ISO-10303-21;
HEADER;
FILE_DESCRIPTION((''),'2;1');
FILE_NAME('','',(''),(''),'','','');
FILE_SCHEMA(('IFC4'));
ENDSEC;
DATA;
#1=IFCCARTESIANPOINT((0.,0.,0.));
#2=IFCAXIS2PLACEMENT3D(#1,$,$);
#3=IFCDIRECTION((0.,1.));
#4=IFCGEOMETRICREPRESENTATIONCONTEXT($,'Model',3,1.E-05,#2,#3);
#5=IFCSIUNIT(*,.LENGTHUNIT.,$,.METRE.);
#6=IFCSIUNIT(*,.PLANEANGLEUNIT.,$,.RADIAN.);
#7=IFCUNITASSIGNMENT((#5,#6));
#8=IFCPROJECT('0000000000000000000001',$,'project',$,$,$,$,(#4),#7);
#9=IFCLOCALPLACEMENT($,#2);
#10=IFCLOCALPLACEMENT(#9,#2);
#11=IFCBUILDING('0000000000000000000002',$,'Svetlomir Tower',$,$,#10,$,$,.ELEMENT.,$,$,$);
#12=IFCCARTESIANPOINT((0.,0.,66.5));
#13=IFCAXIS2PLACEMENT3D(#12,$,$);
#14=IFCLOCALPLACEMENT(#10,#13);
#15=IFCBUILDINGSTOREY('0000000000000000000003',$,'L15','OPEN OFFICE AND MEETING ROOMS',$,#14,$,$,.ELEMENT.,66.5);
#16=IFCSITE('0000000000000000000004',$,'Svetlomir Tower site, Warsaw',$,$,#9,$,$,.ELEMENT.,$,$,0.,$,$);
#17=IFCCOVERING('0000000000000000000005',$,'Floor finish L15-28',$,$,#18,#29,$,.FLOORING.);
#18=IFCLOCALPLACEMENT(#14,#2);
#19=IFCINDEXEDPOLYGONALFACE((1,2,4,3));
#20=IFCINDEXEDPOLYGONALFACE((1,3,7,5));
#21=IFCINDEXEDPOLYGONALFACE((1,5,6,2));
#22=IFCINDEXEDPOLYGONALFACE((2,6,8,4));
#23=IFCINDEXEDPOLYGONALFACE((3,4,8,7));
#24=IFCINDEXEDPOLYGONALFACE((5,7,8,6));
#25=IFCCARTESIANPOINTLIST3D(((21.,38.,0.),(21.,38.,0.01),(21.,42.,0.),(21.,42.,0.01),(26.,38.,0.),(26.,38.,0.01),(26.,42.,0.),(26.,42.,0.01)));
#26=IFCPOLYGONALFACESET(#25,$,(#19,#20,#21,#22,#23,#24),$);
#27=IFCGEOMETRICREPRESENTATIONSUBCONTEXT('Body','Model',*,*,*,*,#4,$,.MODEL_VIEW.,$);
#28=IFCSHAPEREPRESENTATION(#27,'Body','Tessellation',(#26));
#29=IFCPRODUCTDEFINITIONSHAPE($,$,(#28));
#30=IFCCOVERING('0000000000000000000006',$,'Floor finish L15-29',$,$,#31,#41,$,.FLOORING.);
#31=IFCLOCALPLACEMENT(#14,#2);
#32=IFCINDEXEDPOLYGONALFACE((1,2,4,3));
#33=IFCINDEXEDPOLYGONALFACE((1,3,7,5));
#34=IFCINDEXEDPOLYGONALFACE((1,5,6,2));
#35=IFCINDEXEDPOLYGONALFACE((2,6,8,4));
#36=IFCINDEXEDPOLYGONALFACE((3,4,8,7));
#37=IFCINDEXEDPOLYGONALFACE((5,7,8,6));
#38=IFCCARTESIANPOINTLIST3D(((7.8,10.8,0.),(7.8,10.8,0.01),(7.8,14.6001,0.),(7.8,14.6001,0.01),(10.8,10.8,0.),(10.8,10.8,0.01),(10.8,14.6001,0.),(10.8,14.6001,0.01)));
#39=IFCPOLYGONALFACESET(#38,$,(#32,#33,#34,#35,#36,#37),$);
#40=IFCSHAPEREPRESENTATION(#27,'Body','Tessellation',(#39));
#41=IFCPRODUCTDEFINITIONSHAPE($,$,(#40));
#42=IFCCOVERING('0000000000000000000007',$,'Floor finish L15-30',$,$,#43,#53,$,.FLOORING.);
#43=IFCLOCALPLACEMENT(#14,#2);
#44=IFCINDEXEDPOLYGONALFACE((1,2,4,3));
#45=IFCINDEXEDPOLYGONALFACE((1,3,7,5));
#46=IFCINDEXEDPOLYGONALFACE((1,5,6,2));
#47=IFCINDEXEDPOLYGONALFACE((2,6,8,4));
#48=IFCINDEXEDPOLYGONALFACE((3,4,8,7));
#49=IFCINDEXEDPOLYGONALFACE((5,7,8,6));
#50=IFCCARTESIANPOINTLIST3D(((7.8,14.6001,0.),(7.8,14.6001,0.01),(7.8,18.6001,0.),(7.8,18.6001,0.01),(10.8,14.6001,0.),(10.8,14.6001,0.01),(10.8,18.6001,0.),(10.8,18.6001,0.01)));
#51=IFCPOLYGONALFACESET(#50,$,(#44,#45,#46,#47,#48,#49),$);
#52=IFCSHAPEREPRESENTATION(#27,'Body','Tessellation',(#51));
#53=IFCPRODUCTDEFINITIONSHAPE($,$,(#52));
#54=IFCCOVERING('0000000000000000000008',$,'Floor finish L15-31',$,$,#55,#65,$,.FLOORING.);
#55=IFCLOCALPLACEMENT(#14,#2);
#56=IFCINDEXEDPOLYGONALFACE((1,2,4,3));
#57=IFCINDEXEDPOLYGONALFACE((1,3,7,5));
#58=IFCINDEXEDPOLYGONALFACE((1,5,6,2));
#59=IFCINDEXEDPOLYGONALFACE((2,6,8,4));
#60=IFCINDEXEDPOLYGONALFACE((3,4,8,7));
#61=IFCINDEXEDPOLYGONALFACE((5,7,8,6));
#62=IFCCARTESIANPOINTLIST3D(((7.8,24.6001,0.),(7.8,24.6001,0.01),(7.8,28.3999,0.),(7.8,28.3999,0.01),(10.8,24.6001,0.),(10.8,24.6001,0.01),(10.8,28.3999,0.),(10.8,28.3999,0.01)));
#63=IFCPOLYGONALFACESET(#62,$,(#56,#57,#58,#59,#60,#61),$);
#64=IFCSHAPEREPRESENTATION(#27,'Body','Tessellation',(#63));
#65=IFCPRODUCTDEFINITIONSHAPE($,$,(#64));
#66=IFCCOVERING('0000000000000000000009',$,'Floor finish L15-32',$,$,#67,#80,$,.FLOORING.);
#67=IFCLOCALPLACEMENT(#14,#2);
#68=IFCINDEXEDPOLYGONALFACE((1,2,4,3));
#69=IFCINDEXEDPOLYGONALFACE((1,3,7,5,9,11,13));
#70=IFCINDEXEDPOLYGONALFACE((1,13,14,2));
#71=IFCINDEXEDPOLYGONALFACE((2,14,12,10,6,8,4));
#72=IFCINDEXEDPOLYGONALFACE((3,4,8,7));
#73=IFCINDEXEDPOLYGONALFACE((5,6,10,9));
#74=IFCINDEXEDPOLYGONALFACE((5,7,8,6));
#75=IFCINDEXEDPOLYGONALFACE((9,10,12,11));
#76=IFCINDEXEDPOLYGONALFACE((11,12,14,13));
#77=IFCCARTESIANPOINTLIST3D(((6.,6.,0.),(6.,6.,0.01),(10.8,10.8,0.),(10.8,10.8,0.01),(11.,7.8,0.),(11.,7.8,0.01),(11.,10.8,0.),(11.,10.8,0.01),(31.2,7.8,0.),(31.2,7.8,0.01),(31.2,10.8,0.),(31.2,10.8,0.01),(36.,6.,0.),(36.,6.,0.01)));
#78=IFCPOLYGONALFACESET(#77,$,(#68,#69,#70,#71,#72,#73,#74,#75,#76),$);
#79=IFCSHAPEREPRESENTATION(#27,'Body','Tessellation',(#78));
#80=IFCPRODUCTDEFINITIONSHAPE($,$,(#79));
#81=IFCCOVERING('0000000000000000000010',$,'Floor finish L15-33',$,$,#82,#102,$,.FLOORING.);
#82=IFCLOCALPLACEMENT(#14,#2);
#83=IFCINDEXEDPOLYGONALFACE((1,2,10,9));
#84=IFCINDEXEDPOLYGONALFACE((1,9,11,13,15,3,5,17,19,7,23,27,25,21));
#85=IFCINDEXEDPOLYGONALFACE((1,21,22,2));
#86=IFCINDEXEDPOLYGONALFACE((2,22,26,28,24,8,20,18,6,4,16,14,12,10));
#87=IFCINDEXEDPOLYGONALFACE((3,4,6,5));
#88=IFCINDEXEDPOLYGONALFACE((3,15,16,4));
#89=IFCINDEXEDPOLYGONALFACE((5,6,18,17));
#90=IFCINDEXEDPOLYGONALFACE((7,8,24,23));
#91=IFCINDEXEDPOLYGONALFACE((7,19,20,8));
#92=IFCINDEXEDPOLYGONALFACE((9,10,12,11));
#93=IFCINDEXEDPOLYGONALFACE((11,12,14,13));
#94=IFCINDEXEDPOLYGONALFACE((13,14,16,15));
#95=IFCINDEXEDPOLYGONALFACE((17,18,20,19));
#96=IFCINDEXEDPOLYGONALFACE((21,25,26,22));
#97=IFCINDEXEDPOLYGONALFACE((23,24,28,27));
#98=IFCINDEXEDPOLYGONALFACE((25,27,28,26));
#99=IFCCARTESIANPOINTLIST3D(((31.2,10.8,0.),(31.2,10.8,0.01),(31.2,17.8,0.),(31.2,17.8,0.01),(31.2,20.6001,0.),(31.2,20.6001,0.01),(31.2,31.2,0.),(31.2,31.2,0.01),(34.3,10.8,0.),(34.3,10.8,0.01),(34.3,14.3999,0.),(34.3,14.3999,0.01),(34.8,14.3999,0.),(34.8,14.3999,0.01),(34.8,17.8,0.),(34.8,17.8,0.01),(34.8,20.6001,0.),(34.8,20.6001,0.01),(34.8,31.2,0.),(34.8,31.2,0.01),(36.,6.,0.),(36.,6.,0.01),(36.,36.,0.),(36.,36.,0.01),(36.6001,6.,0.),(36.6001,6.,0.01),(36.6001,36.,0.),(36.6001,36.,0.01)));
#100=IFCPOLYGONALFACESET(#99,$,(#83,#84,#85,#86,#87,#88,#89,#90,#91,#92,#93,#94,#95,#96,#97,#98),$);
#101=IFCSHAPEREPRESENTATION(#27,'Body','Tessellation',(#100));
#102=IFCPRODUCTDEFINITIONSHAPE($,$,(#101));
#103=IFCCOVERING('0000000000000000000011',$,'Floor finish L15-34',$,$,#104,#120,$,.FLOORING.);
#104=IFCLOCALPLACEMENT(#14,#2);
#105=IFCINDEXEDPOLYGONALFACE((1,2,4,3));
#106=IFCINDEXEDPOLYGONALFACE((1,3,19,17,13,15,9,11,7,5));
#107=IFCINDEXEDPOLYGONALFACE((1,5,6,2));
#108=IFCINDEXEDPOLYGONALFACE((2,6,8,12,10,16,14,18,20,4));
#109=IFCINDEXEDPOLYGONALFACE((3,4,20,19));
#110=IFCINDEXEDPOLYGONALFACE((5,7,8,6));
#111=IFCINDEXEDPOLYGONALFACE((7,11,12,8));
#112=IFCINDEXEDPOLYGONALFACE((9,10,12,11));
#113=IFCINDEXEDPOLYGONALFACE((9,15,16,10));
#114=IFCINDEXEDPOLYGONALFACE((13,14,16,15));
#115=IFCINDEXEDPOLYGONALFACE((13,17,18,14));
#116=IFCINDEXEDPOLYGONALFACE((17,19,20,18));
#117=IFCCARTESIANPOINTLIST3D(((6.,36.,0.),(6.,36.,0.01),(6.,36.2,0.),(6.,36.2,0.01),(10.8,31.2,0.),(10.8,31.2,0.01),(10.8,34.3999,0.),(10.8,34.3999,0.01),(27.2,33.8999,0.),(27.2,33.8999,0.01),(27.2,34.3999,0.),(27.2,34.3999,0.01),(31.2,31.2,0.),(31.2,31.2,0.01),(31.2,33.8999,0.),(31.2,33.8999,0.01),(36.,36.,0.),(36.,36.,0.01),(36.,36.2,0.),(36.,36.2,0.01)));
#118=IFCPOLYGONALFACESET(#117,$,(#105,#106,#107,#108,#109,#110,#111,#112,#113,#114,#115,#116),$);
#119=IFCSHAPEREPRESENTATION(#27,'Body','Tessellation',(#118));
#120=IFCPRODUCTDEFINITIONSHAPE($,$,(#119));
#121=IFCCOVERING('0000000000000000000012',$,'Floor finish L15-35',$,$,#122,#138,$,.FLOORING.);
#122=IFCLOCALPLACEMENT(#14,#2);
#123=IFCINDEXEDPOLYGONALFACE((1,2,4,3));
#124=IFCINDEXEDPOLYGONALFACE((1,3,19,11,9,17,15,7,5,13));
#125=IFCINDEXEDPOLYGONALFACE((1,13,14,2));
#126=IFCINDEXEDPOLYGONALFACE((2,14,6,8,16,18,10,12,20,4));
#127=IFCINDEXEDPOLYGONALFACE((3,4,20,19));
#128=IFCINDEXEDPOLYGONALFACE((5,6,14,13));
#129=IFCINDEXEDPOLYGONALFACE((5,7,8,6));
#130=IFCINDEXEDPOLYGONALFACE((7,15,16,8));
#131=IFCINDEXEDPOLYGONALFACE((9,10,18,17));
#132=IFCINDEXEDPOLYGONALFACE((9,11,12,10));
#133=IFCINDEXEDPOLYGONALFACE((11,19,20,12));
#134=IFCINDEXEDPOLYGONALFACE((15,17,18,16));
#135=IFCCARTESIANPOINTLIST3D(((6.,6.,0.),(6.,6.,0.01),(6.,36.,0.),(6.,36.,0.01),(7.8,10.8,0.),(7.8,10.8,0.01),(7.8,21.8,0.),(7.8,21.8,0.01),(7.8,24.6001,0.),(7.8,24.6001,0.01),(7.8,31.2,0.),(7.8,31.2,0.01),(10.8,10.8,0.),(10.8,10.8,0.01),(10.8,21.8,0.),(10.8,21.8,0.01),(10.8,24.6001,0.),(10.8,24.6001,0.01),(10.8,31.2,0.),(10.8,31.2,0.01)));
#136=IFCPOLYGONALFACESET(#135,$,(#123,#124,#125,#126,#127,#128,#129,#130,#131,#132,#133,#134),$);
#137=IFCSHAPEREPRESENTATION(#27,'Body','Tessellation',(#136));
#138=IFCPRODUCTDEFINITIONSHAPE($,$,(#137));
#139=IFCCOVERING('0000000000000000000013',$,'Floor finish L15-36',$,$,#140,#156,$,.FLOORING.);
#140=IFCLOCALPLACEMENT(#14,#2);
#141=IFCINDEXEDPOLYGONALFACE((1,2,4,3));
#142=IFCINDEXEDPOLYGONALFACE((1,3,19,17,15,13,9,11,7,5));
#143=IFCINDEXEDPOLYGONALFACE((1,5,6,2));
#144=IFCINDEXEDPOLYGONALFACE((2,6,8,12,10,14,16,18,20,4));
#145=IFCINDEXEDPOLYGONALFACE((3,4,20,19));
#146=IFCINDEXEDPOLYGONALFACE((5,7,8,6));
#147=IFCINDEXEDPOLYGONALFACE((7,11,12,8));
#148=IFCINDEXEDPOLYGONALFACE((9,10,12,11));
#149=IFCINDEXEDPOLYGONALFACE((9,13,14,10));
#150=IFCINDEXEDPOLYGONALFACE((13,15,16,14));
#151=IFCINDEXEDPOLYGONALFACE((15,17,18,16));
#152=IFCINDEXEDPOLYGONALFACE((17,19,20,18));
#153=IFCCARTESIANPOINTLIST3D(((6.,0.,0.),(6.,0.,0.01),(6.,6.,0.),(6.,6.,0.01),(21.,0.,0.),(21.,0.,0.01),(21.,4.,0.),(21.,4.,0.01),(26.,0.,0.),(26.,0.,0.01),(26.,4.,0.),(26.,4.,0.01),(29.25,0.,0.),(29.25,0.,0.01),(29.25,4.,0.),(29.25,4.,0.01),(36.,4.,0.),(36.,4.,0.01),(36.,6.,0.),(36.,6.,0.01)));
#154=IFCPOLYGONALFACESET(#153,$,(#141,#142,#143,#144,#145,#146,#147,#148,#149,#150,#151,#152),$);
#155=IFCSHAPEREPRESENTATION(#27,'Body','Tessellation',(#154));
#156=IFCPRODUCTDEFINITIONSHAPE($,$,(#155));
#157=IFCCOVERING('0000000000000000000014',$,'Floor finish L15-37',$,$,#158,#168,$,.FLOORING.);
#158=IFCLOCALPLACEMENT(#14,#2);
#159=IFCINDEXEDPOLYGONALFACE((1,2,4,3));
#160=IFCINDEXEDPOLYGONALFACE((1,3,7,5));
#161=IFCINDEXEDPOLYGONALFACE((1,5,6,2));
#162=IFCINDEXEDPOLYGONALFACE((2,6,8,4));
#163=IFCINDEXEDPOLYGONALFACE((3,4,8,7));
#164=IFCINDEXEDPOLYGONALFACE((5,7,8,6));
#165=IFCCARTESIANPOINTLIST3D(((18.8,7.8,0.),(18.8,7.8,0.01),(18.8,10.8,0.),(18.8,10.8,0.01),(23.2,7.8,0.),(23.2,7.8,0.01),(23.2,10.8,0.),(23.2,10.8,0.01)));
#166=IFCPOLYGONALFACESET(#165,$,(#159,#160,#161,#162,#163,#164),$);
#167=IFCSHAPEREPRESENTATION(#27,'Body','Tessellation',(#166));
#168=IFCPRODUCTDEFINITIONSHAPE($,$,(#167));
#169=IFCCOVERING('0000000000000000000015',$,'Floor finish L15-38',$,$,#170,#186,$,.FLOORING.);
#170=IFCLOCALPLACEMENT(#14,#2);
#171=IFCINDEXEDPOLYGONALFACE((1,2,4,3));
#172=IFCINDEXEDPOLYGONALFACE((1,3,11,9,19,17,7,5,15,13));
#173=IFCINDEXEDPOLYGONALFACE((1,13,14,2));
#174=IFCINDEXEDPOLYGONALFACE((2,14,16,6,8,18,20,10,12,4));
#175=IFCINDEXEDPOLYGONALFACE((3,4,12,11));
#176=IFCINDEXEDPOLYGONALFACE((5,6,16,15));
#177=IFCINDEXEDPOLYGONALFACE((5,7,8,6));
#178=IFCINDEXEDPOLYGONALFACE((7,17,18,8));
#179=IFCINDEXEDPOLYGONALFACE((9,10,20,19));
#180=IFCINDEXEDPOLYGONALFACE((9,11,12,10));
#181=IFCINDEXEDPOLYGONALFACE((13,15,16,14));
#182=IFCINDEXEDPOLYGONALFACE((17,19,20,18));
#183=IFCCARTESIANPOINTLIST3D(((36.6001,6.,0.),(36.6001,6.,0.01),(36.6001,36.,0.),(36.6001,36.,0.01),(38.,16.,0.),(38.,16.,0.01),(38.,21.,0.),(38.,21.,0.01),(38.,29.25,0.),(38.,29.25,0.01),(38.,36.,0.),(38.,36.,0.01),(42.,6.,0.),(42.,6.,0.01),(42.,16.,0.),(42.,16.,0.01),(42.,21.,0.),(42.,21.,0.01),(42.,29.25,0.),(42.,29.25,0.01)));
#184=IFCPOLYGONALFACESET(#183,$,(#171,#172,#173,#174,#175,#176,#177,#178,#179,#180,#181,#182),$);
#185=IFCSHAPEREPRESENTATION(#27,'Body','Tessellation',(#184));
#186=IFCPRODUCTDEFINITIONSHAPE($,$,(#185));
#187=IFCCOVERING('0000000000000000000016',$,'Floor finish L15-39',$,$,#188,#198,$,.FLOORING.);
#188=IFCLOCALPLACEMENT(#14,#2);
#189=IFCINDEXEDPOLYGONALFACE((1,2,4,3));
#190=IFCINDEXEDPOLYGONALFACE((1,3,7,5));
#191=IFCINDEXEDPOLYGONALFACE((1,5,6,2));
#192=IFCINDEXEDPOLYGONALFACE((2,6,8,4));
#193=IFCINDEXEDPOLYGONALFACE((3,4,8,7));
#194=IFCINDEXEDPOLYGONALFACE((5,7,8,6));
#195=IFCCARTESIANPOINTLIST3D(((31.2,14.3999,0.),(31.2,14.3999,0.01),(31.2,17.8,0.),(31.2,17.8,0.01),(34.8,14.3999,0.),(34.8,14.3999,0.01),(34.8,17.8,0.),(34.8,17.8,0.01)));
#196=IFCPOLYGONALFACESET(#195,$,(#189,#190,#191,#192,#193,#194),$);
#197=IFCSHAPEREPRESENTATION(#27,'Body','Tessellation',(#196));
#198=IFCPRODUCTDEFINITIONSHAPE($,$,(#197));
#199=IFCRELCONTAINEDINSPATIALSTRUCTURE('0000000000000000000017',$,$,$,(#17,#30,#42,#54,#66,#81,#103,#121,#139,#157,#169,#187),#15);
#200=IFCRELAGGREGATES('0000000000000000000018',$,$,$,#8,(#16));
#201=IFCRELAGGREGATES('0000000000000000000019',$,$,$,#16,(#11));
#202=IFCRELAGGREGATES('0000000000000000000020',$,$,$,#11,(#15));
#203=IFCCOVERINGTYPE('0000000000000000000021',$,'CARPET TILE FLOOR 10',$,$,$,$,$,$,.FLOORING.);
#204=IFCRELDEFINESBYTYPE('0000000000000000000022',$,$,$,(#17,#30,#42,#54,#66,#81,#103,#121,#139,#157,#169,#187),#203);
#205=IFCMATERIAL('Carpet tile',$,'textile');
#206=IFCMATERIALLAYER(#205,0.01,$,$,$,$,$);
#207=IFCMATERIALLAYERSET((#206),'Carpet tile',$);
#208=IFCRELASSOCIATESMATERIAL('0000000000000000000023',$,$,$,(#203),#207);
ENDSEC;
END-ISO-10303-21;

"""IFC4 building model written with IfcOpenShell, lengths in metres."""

from ifc_helpers import new_model, si_unit, direction, frame, origin, place, context, subcontext, project, spatial, polyline, outline, extrude, material, layer, layer_set, type_object, element, save


model = new_model("IFC4")

# Units and contexts
model_context = context("Model", 3, precision=1e-05, world=origin(), true_north=direction((0.0, 1.0)))
body_context = subcontext(model_context, "Body", "Model", "MODEL_VIEW")
ifc_project = project(units=[si_unit("LENGTHUNIT", "METRE"), si_unit("PLANEANGLEUNIT", "RADIAN")], contexts=[model_context])

# Site, building, storey
site_placement = place(None, origin())
site = spatial("IfcSite", under=ifc_project, at=site_placement, Name="Svetlomir Tower site, Warsaw", CompositionType="ELEMENT", RefElevation=0.0)
building_placement = place(site_placement, origin())
building = spatial("IfcBuilding", under=site, at=building_placement, Name="Svetlomir Tower", CompositionType="ELEMENT")
storey_placement = place(building_placement, frame((0.0, 0.0, 66.5)))
storey = spatial("IfcBuildingStorey", under=building, at=storey_placement, Name="L15", Description="OPEN OFFICE AND MEETING ROOMS", CompositionType="ELEMENT", Elevation=66.5)

# Coverings
ifc_material_1 = material(Name="Carpet tile", Category="textile")
ifc_layer_1 = layer(ifc_material_1, 0.01)
ifc_layer_set_1 = layer_set([ifc_layer_1], Name="Carpet tile")
covering_type_1 = type_object("IfcCoveringType", Name="CARPET TILE FLOOR 10", PredefinedType="FLOORING", material=ifc_layer_set_1)
covering_1_placement = place(storey_placement, origin())
element("IfcCovering", 1, at=covering_1_placement, inside=storey, type_object=covering_type_1, Name="Floor finish L15-28", PredefinedType="FLOORING", context=body_context, shape_type="SweptSolid", body=[
    extrude(outline(polyline([(21.0, 38.0), (26.0, 38.0), (26.0, 42.0), (21.0, 42.0), (21.0, 38.0)])), origin(), (0.0, 0.0, 1.0), 0.01),
])
covering_2_placement = place(storey_placement, origin())
element("IfcCovering", 2, at=covering_2_placement, inside=storey, type_object=covering_type_1, Name="Floor finish L15-29", PredefinedType="FLOORING", context=body_context, shape_type="SweptSolid", body=[
    extrude(outline(polyline([(7.8, 10.8), (10.8, 10.8), (10.8, 14.6001), (7.8, 14.6001), (7.8, 10.8)])), origin(), (0.0, 0.0, 1.0), 0.01),
])
covering_3_placement = place(storey_placement, origin())
element("IfcCovering", 3, at=covering_3_placement, inside=storey, type_object=covering_type_1, Name="Floor finish L15-30", PredefinedType="FLOORING", context=body_context, shape_type="SweptSolid", body=[
    extrude(outline(polyline([(7.8, 14.6001), (10.8, 14.6001), (10.8, 18.6001), (7.8, 18.6001), (7.8, 14.6001)])), origin(), (0.0, 0.0, 1.0), 0.01),
])
covering_4_placement = place(storey_placement, origin())
element("IfcCovering", 4, at=covering_4_placement, inside=storey, type_object=covering_type_1, Name="Floor finish L15-31", PredefinedType="FLOORING", context=body_context, shape_type="SweptSolid", body=[
    extrude(outline(polyline([(7.8, 24.6001), (10.8, 24.6001), (10.8, 28.3999), (7.8, 28.3999), (7.8, 24.6001)])), origin(), (0.0, 0.0, 1.0), 0.01),
])
covering_5_placement = place(storey_placement, origin())
element("IfcCovering", 5, at=covering_5_placement, inside=storey, type_object=covering_type_1, Name="Floor finish L15-32", PredefinedType="FLOORING", context=body_context, shape_type="SweptSolid", body=[
    extrude(outline(polyline([(36.0, 6.0), (6.0, 6.0), (10.8, 10.8), (11.0, 10.8), (11.0, 7.8), (31.2, 7.8), (31.2, 10.8), (36.0, 6.0)])), origin(), (0.0, 0.0, 1.0), 0.01),
])
covering_6_placement = place(storey_placement, origin())
element("IfcCovering", 6, at=covering_6_placement, inside=storey, type_object=covering_type_1, Name="Floor finish L15-33", PredefinedType="FLOORING", context=body_context, shape_type="SweptSolid", body=[
    extrude(outline(polyline([(31.2, 20.6001), (34.8, 20.6001), (34.8, 31.2), (31.2, 31.2), (36.0, 36.0), (36.6001, 36.0), (36.6001, 6.0), (36.0, 6.0), (31.2, 10.8), (34.3, 10.8), (34.3, 14.3999), (34.8, 14.3999), (34.8, 17.8), (31.2, 17.8), (31.2, 20.6001)])), origin(), (0.0, 0.0, 1.0), 0.01),
])
covering_7_placement = place(storey_placement, origin())
element("IfcCovering", 7, at=covering_7_placement, inside=storey, type_object=covering_type_1, Name="Floor finish L15-34", PredefinedType="FLOORING", context=body_context, shape_type="SweptSolid", body=[
    extrude(outline(polyline([(6.0, 36.2), (36.0, 36.2), (36.0, 36.0), (31.2, 31.2), (31.2, 33.8999), (27.2, 33.8999), (27.2, 34.3999), (10.8, 34.3999), (10.8, 31.2), (6.0, 36.0), (6.0, 36.2)])), origin(), (0.0, 0.0, 1.0), 0.01),
])
covering_8_placement = place(storey_placement, origin())
element("IfcCovering", 8, at=covering_8_placement, inside=storey, type_object=covering_type_1, Name="Floor finish L15-35", PredefinedType="FLOORING", context=body_context, shape_type="SweptSolid", body=[
    extrude(outline(polyline([(6.0, 36.0), (10.8, 31.2), (7.8, 31.2), (7.8, 24.6001), (10.8, 24.6001), (10.8, 21.8), (7.8, 21.8), (7.8, 10.8), (10.8, 10.8), (6.0, 6.0), (6.0, 36.0)])), origin(), (0.0, 0.0, 1.0), 0.01),
])
covering_9_placement = place(storey_placement, origin())
element("IfcCovering", 9, at=covering_9_placement, inside=storey, type_object=covering_type_1, Name="Floor finish L15-36", PredefinedType="FLOORING", context=body_context, shape_type="SweptSolid", body=[
    extrude(outline(polyline([(36.0, 6.0), (36.0, 4.0), (29.25, 4.0), (29.25, 0.0), (26.0, 0.0), (26.0, 4.0), (21.0, 4.0), (21.0, 0.0), (6.0, 0.0), (6.0, 6.0), (36.0, 6.0)])), origin(), (0.0, 0.0, 1.0), 0.01),
])
covering_10_placement = place(storey_placement, origin())
element("IfcCovering", 10, at=covering_10_placement, inside=storey, type_object=covering_type_1, Name="Floor finish L15-37", PredefinedType="FLOORING", context=body_context, shape_type="SweptSolid", body=[
    extrude(outline(polyline([(23.2, 10.8), (23.2, 7.8), (18.8, 7.8), (18.8, 10.8), (23.2, 10.8)])), origin(), (0.0, 0.0, 1.0), 0.01),
])
covering_11_placement = place(storey_placement, origin())
element("IfcCovering", 11, at=covering_11_placement, inside=storey, type_object=covering_type_1, Name="Floor finish L15-38", PredefinedType="FLOORING", context=body_context, shape_type="SweptSolid", body=[
    extrude(outline(polyline([(38.0, 29.25), (42.0, 29.25), (42.0, 21.0), (38.0, 21.0), (38.0, 16.0), (42.0, 16.0), (42.0, 6.0), (36.6001, 6.0), (36.6001, 36.0), (38.0, 36.0), (38.0, 29.25)])), origin(), (0.0, 0.0, 1.0), 0.01),
])
covering_12_placement = place(storey_placement, origin())
element("IfcCovering", 12, at=covering_12_placement, inside=storey, type_object=covering_type_1, Name="Floor finish L15-39", PredefinedType="FLOORING", context=body_context, shape_type="SweptSolid", body=[
    extrude(outline(polyline([(31.2, 14.3999), (31.2, 17.8), (34.8, 17.8), (34.8, 14.3999), (31.2, 14.3999)])), origin(), (0.0, 0.0, 1.0), 0.01),
])

save(model, "model.ifc")
